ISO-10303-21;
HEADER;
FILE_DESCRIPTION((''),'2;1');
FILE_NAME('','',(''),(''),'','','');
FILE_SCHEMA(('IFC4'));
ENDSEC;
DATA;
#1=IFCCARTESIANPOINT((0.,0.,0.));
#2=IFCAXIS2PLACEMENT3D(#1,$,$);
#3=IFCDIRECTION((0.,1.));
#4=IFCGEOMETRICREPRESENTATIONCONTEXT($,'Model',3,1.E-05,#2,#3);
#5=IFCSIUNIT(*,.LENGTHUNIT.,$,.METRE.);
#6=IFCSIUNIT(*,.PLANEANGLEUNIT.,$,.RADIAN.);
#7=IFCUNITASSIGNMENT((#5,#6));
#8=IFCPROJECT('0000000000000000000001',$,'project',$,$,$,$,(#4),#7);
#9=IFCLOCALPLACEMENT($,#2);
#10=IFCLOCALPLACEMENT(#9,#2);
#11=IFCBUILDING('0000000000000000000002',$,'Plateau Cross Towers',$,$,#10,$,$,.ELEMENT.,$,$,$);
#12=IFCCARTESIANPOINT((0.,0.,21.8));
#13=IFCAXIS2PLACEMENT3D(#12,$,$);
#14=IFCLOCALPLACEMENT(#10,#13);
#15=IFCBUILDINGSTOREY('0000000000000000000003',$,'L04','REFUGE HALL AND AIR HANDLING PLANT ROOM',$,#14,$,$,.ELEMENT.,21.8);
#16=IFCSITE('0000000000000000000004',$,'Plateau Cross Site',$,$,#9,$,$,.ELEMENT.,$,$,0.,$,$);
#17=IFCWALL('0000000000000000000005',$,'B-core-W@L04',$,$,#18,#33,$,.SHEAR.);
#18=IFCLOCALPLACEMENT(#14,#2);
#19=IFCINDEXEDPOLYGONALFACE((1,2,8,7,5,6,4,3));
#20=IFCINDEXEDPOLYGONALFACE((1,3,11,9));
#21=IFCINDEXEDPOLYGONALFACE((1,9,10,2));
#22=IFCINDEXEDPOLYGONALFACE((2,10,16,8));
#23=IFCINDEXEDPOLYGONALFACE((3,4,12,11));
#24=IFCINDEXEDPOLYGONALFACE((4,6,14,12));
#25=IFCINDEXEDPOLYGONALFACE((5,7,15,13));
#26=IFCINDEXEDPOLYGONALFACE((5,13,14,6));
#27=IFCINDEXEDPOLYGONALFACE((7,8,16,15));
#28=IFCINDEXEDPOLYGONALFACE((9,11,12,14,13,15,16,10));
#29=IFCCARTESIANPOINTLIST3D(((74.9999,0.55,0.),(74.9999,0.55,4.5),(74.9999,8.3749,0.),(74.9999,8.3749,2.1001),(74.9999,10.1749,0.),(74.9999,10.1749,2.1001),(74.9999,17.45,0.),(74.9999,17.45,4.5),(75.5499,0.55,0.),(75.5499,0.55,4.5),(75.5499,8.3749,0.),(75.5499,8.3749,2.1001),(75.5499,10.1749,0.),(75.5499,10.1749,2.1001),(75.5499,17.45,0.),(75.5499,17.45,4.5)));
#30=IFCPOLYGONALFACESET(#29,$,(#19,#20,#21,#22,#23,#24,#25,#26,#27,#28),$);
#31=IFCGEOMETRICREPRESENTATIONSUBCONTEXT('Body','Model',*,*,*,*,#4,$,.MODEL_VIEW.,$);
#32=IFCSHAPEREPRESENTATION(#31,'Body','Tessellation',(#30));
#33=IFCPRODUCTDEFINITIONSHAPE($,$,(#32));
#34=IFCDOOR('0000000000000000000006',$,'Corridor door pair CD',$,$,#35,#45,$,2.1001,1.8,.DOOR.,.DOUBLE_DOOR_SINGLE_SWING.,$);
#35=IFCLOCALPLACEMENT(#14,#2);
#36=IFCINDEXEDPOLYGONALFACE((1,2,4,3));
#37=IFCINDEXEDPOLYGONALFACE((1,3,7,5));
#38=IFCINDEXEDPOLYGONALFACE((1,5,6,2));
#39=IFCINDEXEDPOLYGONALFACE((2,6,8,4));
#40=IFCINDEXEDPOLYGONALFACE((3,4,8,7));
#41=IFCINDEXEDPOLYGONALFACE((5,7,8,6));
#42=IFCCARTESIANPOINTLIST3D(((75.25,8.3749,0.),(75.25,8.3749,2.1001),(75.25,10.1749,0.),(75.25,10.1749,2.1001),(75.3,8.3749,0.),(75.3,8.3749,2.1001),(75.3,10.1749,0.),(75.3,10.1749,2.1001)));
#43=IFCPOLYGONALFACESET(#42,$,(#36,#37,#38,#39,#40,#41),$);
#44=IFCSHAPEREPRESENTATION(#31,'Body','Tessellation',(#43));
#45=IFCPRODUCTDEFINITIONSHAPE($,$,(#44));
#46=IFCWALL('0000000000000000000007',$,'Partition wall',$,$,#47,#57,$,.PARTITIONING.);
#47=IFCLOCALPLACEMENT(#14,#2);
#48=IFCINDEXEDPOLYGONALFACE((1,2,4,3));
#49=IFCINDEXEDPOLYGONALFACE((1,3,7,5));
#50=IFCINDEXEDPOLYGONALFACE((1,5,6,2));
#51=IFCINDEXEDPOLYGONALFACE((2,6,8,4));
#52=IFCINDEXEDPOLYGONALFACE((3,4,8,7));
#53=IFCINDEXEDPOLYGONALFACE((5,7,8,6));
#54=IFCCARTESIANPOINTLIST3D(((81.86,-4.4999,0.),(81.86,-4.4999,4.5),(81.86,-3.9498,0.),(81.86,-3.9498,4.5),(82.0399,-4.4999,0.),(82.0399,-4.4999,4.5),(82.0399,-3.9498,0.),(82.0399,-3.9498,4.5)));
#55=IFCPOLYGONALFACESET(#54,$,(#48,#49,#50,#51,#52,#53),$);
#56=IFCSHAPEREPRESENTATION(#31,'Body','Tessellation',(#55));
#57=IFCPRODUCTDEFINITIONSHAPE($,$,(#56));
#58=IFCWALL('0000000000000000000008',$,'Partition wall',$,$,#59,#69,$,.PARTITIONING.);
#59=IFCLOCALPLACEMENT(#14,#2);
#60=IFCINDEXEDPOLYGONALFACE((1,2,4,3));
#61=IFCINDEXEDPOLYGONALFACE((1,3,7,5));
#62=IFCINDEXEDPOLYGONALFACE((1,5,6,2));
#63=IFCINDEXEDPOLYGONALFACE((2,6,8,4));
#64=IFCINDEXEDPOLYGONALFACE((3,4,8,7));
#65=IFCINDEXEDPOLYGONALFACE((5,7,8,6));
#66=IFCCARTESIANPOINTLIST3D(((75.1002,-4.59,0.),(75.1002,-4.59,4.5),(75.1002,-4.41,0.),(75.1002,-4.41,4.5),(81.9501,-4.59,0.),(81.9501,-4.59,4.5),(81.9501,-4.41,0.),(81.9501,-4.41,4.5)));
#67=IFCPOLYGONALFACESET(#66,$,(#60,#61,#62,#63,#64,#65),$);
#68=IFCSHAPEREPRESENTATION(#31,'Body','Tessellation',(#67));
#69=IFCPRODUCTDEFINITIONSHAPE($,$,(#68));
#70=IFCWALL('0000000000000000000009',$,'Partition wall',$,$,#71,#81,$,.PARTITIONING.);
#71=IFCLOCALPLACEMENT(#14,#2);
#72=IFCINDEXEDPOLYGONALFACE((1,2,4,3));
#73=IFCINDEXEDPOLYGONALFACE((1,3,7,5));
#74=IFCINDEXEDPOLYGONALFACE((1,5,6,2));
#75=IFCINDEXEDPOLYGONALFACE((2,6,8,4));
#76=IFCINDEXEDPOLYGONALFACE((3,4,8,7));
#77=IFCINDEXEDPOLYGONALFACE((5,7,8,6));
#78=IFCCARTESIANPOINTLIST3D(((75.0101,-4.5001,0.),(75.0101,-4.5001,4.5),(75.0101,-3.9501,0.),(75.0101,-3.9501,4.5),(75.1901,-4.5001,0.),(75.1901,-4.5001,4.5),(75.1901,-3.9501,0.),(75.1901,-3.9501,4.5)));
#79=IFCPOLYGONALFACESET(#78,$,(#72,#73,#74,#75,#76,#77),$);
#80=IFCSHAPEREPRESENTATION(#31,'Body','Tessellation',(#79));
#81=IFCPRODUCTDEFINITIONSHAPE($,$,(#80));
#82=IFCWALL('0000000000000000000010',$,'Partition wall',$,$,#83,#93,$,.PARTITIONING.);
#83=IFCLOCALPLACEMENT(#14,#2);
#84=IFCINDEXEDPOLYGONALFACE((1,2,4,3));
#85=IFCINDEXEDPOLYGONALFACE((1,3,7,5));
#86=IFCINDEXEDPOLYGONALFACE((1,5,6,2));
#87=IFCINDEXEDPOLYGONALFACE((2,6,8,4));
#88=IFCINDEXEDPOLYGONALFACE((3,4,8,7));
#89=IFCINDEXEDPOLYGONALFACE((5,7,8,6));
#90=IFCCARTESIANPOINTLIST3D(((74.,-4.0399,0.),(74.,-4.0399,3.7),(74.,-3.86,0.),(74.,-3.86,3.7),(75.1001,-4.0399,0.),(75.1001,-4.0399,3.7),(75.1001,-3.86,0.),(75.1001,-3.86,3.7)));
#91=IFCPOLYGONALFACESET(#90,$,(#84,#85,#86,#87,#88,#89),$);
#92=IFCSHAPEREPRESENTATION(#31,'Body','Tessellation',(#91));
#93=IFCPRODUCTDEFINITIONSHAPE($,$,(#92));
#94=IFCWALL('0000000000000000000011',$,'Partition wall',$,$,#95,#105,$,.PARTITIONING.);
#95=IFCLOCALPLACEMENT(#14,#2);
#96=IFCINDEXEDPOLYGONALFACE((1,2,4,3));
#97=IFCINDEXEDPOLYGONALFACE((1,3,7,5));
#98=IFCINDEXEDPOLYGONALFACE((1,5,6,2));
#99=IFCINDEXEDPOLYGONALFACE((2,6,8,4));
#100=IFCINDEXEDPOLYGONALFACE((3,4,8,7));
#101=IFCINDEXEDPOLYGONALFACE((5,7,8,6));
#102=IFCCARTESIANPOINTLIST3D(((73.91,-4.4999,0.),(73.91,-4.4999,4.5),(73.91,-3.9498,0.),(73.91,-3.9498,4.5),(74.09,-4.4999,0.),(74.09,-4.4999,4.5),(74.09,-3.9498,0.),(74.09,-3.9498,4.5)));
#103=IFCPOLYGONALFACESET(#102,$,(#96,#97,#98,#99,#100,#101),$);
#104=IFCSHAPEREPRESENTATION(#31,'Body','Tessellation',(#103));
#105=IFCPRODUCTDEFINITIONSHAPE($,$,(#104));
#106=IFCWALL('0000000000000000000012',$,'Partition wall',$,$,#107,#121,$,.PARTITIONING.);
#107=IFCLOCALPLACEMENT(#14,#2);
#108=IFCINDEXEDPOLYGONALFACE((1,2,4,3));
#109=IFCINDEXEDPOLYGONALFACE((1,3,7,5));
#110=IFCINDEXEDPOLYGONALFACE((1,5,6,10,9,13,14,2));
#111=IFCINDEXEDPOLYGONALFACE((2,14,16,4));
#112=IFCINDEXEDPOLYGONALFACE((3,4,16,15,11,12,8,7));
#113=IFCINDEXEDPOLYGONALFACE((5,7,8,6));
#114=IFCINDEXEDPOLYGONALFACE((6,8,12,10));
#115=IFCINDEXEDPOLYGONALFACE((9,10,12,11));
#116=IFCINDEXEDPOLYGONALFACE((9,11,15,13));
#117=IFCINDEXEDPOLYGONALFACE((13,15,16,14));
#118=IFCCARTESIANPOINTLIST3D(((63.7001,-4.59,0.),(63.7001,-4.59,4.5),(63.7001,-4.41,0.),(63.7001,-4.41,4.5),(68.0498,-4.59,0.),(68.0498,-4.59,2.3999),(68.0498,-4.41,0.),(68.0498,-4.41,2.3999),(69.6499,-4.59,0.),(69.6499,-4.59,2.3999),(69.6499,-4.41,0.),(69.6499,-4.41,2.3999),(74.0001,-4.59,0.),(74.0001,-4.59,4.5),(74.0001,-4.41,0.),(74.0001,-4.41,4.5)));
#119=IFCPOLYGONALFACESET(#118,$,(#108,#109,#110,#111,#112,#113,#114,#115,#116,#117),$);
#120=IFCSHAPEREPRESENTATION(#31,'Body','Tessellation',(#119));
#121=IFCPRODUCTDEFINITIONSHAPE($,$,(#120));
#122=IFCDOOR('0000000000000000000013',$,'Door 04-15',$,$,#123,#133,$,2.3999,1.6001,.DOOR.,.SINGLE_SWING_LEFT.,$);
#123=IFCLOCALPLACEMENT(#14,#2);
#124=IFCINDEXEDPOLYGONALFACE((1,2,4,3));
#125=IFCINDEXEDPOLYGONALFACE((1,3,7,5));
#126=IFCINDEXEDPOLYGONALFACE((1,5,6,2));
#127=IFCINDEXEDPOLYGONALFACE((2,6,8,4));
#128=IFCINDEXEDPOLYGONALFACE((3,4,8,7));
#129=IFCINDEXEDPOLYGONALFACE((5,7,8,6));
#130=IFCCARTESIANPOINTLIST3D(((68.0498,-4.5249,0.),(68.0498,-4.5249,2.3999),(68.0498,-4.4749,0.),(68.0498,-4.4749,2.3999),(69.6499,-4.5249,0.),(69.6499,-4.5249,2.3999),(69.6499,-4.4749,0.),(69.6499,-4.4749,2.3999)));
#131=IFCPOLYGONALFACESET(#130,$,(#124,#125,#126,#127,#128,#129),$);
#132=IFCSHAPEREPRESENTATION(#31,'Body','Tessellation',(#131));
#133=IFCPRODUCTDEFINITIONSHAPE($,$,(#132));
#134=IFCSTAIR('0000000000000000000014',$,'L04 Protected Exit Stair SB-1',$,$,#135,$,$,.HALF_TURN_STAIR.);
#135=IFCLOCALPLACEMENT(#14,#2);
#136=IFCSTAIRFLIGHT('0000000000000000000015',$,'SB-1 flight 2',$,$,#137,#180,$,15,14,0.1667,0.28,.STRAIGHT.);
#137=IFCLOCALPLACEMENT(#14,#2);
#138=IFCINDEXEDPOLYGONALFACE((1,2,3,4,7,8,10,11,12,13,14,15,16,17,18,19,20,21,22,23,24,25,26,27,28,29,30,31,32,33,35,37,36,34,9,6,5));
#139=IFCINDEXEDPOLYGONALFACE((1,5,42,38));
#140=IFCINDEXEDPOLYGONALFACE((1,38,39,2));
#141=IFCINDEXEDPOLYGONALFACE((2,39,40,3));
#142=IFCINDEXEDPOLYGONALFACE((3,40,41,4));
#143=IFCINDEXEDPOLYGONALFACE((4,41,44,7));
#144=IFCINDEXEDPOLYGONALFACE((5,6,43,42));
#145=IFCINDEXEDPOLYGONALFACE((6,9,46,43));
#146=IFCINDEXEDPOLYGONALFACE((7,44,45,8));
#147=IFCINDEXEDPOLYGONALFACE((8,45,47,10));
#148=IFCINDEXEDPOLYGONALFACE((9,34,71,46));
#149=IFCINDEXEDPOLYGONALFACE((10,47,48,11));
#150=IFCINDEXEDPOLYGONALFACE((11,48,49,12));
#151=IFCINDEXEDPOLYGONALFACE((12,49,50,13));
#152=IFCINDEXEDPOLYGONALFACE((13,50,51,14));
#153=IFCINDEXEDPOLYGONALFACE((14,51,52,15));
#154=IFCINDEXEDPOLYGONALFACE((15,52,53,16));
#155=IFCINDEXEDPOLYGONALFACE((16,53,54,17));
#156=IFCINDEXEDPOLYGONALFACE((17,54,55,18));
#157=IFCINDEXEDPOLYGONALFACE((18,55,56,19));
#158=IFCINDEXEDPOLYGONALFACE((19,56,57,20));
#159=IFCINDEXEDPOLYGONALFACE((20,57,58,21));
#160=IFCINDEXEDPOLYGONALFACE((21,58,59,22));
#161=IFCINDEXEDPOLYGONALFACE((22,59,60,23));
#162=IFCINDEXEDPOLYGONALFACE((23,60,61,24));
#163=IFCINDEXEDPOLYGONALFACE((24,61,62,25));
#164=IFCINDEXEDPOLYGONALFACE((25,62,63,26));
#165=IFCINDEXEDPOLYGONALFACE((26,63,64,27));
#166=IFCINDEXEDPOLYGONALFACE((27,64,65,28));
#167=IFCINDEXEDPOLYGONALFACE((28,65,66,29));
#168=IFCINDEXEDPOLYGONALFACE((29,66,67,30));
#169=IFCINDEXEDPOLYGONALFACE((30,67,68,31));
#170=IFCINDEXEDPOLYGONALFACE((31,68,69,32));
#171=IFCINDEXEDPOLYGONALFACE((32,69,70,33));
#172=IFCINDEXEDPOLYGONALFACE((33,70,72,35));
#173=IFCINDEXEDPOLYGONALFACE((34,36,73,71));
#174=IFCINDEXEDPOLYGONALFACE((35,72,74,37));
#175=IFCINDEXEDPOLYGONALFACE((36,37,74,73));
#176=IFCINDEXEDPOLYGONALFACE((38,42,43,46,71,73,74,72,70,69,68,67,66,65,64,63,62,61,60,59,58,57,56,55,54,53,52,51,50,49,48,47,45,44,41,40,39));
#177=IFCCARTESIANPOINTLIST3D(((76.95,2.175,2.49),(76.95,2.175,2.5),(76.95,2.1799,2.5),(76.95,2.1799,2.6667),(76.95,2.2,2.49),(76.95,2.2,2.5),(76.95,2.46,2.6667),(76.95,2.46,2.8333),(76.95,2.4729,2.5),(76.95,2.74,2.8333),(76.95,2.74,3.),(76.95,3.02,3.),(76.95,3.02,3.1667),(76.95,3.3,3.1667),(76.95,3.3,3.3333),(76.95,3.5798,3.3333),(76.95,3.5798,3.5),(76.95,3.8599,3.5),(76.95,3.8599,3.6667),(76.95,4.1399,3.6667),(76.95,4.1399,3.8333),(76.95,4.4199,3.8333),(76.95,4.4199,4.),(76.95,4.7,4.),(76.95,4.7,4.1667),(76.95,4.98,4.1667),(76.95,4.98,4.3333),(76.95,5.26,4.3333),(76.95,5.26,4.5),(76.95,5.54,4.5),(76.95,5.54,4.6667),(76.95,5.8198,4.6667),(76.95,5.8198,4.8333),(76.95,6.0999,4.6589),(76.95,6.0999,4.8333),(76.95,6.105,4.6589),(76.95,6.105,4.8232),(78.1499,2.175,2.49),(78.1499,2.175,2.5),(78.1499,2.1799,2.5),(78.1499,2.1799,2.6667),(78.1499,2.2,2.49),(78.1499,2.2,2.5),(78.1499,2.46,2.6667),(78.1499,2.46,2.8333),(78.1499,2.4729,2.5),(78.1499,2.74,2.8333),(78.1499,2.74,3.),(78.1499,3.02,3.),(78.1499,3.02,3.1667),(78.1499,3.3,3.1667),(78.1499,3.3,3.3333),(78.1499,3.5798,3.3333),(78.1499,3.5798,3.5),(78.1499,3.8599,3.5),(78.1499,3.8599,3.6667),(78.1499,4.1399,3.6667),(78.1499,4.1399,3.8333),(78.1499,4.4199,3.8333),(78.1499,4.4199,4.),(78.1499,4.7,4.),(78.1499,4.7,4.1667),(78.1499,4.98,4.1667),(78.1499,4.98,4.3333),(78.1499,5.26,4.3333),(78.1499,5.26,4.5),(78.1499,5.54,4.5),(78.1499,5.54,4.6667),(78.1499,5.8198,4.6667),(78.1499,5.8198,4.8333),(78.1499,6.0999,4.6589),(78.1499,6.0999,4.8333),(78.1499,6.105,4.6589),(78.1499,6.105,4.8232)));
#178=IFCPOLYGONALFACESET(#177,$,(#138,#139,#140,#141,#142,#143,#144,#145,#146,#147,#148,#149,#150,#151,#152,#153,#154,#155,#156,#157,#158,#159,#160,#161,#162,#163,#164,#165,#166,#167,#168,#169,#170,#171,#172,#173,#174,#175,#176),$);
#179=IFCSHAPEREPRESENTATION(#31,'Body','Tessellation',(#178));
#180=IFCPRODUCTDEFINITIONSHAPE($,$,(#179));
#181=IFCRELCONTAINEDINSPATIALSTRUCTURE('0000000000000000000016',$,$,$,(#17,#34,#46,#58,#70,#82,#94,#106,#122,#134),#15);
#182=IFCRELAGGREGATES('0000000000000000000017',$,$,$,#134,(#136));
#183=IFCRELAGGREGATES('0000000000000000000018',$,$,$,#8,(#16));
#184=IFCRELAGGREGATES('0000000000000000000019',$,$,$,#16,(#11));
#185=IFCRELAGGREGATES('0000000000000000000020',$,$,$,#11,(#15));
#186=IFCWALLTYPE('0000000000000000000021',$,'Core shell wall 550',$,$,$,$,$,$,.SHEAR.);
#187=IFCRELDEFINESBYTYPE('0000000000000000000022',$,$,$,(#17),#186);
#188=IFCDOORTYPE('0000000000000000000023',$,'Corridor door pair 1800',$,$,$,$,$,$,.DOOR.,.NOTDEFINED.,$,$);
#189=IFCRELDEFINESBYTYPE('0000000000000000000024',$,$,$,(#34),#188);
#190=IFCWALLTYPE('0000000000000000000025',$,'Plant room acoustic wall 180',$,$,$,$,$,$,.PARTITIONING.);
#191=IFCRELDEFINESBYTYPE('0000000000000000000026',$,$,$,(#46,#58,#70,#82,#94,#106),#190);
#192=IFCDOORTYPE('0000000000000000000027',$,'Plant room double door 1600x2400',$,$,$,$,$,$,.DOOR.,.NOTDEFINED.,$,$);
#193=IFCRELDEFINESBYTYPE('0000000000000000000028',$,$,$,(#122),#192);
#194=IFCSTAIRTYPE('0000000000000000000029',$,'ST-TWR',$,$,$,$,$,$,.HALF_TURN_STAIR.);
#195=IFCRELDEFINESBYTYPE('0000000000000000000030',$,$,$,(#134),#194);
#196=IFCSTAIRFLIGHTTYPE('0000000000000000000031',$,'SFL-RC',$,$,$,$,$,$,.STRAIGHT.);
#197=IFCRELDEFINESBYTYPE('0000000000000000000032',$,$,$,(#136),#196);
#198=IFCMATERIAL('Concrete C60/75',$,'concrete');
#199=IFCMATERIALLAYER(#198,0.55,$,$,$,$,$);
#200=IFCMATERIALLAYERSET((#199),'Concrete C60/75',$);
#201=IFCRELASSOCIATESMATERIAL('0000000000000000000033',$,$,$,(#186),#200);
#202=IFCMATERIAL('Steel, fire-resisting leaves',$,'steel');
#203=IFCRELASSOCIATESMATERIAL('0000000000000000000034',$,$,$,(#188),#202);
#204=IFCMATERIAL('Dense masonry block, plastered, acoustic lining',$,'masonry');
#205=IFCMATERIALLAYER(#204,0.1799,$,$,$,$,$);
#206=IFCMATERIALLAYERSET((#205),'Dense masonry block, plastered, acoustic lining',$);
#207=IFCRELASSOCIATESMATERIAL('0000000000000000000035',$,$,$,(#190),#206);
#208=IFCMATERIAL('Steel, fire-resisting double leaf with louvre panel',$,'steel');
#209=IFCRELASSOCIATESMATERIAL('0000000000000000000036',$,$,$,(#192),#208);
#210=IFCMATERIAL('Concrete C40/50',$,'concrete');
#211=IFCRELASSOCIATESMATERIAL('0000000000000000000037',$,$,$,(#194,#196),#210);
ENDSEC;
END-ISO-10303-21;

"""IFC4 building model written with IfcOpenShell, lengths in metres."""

from ifc_helpers import new_model, si_unit, direction, frame, frame_2d, origin, place, context, subcontext, project, spatial, polyline, rectangle, outline, extrude, material, layer, layer_set, type_object, element, fill, aggregate, save


model = new_model("IFC4")

# Units and contexts
model_context = context("Model", 3, precision=1e-05, world=origin(), true_north=direction((0.0, 1.0)))
body_context = subcontext(model_context, "Body", "Model", "MODEL_VIEW")
ifc_project = project(units=[si_unit("LENGTHUNIT", "METRE"), si_unit("PLANEANGLEUNIT", "RADIAN")], contexts=[model_context])

# Site, building, storey
site_placement = place(None, origin())
site = spatial("IfcSite", under=ifc_project, at=site_placement, Name="Plateau Cross Site", CompositionType="ELEMENT", RefElevation=0.0)
building_placement = place(site_placement, origin())
building = spatial("IfcBuilding", under=site, at=building_placement, Name="Plateau Cross Towers", CompositionType="ELEMENT")
storey_placement = place(building_placement, frame((0.0, 0.0, 21.8)))
storey = spatial("IfcBuildingStorey", under=building, at=storey_placement, Name="L04", Description="REFUGE HALL AND AIR HANDLING PLANT ROOM", CompositionType="ELEMENT", Elevation=21.8)

# Shared definitions
ifc_material_1 = material(Name="Concrete C60/75", Category="concrete")

# Shared definitions
ifc_layer_1 = layer(ifc_material_1, 0.55)
ifc_layer_set_1 = layer_set([ifc_layer_1], Name="Concrete C60/75")
wall_type_1 = type_object("IfcWallType", Name="Core shell wall 550", PredefinedType="SHEAR", material=ifc_layer_set_1)

# Wall, opening, door
wall_1_placement = place(storey_placement, frame((75.2749, 0.55, 0.0), z_axis=(0.0, 0.0, 1.0), x_axis=(0.0, 1.0, 0.0)))
wall_1 = element("IfcWall", 1, at=wall_1_placement, inside=storey, type_object=wall_type_1, Name="B-core-W@L04", PredefinedType="SHEAR", context=body_context, shape_type="SweptSolid", body=[
    extrude(rectangle(XDim=16.8999, YDim=0.55, at=frame_2d((8.45, 0.0))), origin(), (0.0, 0.0, 1.0), 4.5),
])
opening_1_placement = place(wall_1_placement, frame((7.825, 0.0, 0.0)))
opening_1 = element("IfcOpeningElement", 2, at=opening_1_placement, cuts=wall_1, PredefinedType="OPENING", context=body_context, shape_type="SweptSolid", body=[
    extrude(rectangle(XDim=1.8, YDim=2.1001, at=frame_2d((0.8999, 1.05))), frame((0.0, 0.2849, 0.0), z_axis=(0.0, -1.0, 0.0), x_axis=(1.0, 0.0, 0.0)), (0.0, 0.0, 1.0), 0.5701),
])
ifc_material_2 = material(Name="Steel, fire-resisting leaves", Category="steel")
door_type_1 = type_object("IfcDoorType", Name="Corridor door pair 1800", OperationType="NOTDEFINED", PredefinedType="DOOR", material=ifc_material_2)
door_1_placement = place(opening_1_placement, origin())
door_1 = element("IfcDoor", 3, at=door_1_placement, inside=storey, type_object=door_type_1, Name="Corridor door pair CD", OperationType="DOUBLE_DOOR_SINGLE_SWING", OverallHeight=2.1001, OverallWidth=1.8, PredefinedType="DOOR", context=body_context, shape_type="SweptSolid", body=[
    extrude(rectangle(XDim=1.8, YDim=2.1001, at=frame_2d((0.8999, 1.05))), frame((0.0, 0.0249, 0.0), z_axis=(0.0, -1.0, 0.0), x_axis=(1.0, 0.0, 0.0)), (0.0, 0.0, 1.0), 0.05),
])
fill(opening_1, door_1)

# Walls
ifc_material_3 = material(Name="Dense masonry block, plastered, acoustic lining", Category="masonry")
ifc_layer_2 = layer(ifc_material_3, 0.1799)
ifc_layer_set_2 = layer_set([ifc_layer_2], Name="Dense masonry block, plastered, acoustic lining")
wall_type_2 = type_object("IfcWallType", Name="Plant room acoustic wall 180", PredefinedType="PARTITIONING", material=ifc_layer_set_2)
wall_2_placement = place(storey_placement, frame((81.95, -3.95, 0.0), z_axis=(0.0, 0.0, 1.0), x_axis=(0.0, -1.0, 0.0)))
element("IfcWall", 4, at=wall_2_placement, inside=storey, type_object=wall_type_2, Name="Partition wall", PredefinedType="PARTITIONING", context=body_context, shape_type="SweptSolid", body=[
    extrude(rectangle(XDim=0.55, YDim=0.1799, at=frame_2d((0.2749, 0.0))), origin(), (0.0, 0.0, 1.0), 4.5),
])
wall_3_placement = place(storey_placement, frame((81.95, -4.5, 0.0), z_axis=(0.0, 0.0, 1.0), x_axis=(-1.0, 0.0, 0.0)))
element("IfcWall", 5, at=wall_3_placement, inside=storey, type_object=wall_type_2, Name="Partition wall", PredefinedType="PARTITIONING", context=body_context, shape_type="SweptSolid", body=[
    extrude(rectangle(XDim=6.8499, YDim=0.1799, at=frame_2d((3.4248, 0.0))), origin(), (0.0, 0.0, 1.0), 4.5),
])
wall_4_placement = place(storey_placement, frame((75.1001, -4.5, 0.0), z_axis=(0.0, 0.0, 1.0), x_axis=(0.0, 1.0, 0.0)))
element("IfcWall", 6, at=wall_4_placement, inside=storey, type_object=wall_type_2, Name="Partition wall", PredefinedType="PARTITIONING", context=body_context, shape_type="SweptSolid", body=[
    extrude(rectangle(XDim=0.55, YDim=0.1799, at=frame_2d((0.2749, 0.0))), origin(), (0.0, 0.0, 1.0), 4.5),
])
wall_5_placement = place(storey_placement, frame((75.1001, -3.95, 0.0), z_axis=(0.0, 0.0, 1.0), x_axis=(-1.0, 0.0, 0.0)))
element("IfcWall", 7, at=wall_5_placement, inside=storey, type_object=wall_type_2, Name="Partition wall", PredefinedType="PARTITIONING", context=body_context, shape_type="SweptSolid", body=[
    extrude(rectangle(XDim=1.1001, YDim=0.1799, at=frame_2d((0.55, 0.0))), origin(), (0.0, 0.0, 1.0), 3.7),
])
wall_6_placement = place(storey_placement, frame((74.0, -3.95, 0.0), z_axis=(0.0, 0.0, 1.0), x_axis=(0.0, -1.0, 0.0)))
element("IfcWall", 8, at=wall_6_placement, inside=storey, type_object=wall_type_2, Name="Partition wall", PredefinedType="PARTITIONING", context=body_context, shape_type="SweptSolid", body=[
    extrude(rectangle(XDim=0.55, YDim=0.1799, at=frame_2d((0.2749, 0.0))), origin(), (0.0, 0.0, 1.0), 4.5),
])

# Wall, opening, door
wall_7_placement = place(storey_placement, frame((74.0, -4.5, 0.0), z_axis=(0.0, 0.0, 1.0), x_axis=(-1.0, 0.0, 0.0)))
wall_7 = element("IfcWall", 9, at=wall_7_placement, inside=storey, type_object=wall_type_2, Name="Partition wall", PredefinedType="PARTITIONING", context=body_context, shape_type="SweptSolid", body=[
    extrude(rectangle(XDim=10.3, YDim=0.1799, at=frame_2d((5.1499, 0.0))), origin(), (0.0, 0.0, 1.0), 4.5),
])
opening_2_placement = place(wall_7_placement, frame((4.3501, 0.0, 0.0)))
opening_2 = element("IfcOpeningElement", 10, at=opening_2_placement, cuts=wall_7, PredefinedType="OPENING", context=body_context, shape_type="SweptSolid", body=[
    extrude(rectangle(XDim=1.6001, YDim=2.3999, at=frame_2d((0.8, 1.2))), frame((0.0, 0.0999, 0.0), z_axis=(0.0, -1.0, 0.0), x_axis=(1.0, 0.0, 0.0)), (0.0, 0.0, 1.0), 0.2),
])
ifc_material_4 = material(Name="Steel, fire-resisting double leaf with louvre panel", Category="steel")
door_type_2 = type_object("IfcDoorType", Name="Plant room double door 1600x2400", OperationType="NOTDEFINED", PredefinedType="DOOR", material=ifc_material_4)
door_2_placement = place(opening_2_placement, origin())
door_2 = element("IfcDoor", 11, at=door_2_placement, inside=storey, type_object=door_type_2, Name="Door 04-15", OperationType="SINGLE_SWING_LEFT", OverallHeight=2.3999, OverallWidth=1.6001, PredefinedType="DOOR", context=body_context, shape_type="SweptSolid", body=[
    extrude(rectangle(XDim=1.6001, YDim=2.3999, at=frame_2d((0.8, 1.2))), frame((0.0, 0.0249, 0.0), z_axis=(0.0, -1.0, 0.0), x_axis=(1.0, 0.0, 0.0)), (0.0, 0.0, 1.0), 0.05),
])
fill(opening_2, door_2)

# Stair, stair flight
ifc_material_5 = material(Name="Concrete C40/50", Category="concrete")
stair_type = type_object("IfcStairType", Name="ST-TWR", PredefinedType="HALF_TURN_STAIR", material=ifc_material_5)
stair_placement = place(storey_placement, origin())
stair = element("IfcStair", 12, at=stair_placement, inside=storey, type_object=stair_type, Name="L04 Protected Exit Stair SB-1", PredefinedType="HALF_TURN_STAIR")
stair_flight_type = type_object("IfcStairFlightType", Name="SFL-RC", PredefinedType="STRAIGHT", material=ifc_material_5)
stair_flight_placement = place(storey_placement, frame((77.55, 2.1799, 2.5), z_axis=(0.0, 0.0, 1.0), x_axis=(0.0, 1.0, 0.0)))
stair_flight = element("IfcStairFlight", 13, at=stair_flight_placement, type_object=stair_flight_type, Name="SB-1 flight 2", NumberOfRisers=15, NumberOfTreads=14, PredefinedType="STRAIGHT", RiserHeight=0.1667, TreadLength=0.28, context=body_context, shape_type="SweptSolid", body=[
    extrude(outline(polyline([(-0.0049, -0.01), (-0.0049, 0.0), (0.0, 0.0), (0.0, 0.1667), (0.28, 0.1667), (0.28, 0.3333), (0.5601, 0.3333), (0.5601, 0.5), (0.8401, 0.5), (0.8401, 0.6667), (1.1201, 0.6667), (1.1201, 0.8333), (1.3999, 0.8333), (1.3999, 1.0), (1.6799, 1.0), (1.6799, 1.1667), (1.96, 1.1667), (1.96, 1.3333), (2.24, 1.3333), (2.24, 1.5), (2.52, 1.5), (2.52, 1.6667), (2.8, 1.6667), (2.8, 1.8333), (3.0801, 1.8333), (3.0801, 2.0), (3.3601, 2.0), (3.3601, 2.1667), (3.6399, 2.1667), (3.6399, 2.3333), (3.9199, 2.3333), (3.925, 2.3232), (3.925, 2.1589), (3.9199, 2.1589), (0.293, 0.0), (0.02, 0.0), (0.02, -0.01), (-0.0049, -0.01)])), frame((0.0, 0.6001, 0.0), z_axis=(0.0, -1.0, 0.0), x_axis=(1.0, 0.0, 0.0)), (0.0, 0.0, 1.0), 1.2),
])
aggregate(stair, [stair_flight])

save(model, "model.ifc")
